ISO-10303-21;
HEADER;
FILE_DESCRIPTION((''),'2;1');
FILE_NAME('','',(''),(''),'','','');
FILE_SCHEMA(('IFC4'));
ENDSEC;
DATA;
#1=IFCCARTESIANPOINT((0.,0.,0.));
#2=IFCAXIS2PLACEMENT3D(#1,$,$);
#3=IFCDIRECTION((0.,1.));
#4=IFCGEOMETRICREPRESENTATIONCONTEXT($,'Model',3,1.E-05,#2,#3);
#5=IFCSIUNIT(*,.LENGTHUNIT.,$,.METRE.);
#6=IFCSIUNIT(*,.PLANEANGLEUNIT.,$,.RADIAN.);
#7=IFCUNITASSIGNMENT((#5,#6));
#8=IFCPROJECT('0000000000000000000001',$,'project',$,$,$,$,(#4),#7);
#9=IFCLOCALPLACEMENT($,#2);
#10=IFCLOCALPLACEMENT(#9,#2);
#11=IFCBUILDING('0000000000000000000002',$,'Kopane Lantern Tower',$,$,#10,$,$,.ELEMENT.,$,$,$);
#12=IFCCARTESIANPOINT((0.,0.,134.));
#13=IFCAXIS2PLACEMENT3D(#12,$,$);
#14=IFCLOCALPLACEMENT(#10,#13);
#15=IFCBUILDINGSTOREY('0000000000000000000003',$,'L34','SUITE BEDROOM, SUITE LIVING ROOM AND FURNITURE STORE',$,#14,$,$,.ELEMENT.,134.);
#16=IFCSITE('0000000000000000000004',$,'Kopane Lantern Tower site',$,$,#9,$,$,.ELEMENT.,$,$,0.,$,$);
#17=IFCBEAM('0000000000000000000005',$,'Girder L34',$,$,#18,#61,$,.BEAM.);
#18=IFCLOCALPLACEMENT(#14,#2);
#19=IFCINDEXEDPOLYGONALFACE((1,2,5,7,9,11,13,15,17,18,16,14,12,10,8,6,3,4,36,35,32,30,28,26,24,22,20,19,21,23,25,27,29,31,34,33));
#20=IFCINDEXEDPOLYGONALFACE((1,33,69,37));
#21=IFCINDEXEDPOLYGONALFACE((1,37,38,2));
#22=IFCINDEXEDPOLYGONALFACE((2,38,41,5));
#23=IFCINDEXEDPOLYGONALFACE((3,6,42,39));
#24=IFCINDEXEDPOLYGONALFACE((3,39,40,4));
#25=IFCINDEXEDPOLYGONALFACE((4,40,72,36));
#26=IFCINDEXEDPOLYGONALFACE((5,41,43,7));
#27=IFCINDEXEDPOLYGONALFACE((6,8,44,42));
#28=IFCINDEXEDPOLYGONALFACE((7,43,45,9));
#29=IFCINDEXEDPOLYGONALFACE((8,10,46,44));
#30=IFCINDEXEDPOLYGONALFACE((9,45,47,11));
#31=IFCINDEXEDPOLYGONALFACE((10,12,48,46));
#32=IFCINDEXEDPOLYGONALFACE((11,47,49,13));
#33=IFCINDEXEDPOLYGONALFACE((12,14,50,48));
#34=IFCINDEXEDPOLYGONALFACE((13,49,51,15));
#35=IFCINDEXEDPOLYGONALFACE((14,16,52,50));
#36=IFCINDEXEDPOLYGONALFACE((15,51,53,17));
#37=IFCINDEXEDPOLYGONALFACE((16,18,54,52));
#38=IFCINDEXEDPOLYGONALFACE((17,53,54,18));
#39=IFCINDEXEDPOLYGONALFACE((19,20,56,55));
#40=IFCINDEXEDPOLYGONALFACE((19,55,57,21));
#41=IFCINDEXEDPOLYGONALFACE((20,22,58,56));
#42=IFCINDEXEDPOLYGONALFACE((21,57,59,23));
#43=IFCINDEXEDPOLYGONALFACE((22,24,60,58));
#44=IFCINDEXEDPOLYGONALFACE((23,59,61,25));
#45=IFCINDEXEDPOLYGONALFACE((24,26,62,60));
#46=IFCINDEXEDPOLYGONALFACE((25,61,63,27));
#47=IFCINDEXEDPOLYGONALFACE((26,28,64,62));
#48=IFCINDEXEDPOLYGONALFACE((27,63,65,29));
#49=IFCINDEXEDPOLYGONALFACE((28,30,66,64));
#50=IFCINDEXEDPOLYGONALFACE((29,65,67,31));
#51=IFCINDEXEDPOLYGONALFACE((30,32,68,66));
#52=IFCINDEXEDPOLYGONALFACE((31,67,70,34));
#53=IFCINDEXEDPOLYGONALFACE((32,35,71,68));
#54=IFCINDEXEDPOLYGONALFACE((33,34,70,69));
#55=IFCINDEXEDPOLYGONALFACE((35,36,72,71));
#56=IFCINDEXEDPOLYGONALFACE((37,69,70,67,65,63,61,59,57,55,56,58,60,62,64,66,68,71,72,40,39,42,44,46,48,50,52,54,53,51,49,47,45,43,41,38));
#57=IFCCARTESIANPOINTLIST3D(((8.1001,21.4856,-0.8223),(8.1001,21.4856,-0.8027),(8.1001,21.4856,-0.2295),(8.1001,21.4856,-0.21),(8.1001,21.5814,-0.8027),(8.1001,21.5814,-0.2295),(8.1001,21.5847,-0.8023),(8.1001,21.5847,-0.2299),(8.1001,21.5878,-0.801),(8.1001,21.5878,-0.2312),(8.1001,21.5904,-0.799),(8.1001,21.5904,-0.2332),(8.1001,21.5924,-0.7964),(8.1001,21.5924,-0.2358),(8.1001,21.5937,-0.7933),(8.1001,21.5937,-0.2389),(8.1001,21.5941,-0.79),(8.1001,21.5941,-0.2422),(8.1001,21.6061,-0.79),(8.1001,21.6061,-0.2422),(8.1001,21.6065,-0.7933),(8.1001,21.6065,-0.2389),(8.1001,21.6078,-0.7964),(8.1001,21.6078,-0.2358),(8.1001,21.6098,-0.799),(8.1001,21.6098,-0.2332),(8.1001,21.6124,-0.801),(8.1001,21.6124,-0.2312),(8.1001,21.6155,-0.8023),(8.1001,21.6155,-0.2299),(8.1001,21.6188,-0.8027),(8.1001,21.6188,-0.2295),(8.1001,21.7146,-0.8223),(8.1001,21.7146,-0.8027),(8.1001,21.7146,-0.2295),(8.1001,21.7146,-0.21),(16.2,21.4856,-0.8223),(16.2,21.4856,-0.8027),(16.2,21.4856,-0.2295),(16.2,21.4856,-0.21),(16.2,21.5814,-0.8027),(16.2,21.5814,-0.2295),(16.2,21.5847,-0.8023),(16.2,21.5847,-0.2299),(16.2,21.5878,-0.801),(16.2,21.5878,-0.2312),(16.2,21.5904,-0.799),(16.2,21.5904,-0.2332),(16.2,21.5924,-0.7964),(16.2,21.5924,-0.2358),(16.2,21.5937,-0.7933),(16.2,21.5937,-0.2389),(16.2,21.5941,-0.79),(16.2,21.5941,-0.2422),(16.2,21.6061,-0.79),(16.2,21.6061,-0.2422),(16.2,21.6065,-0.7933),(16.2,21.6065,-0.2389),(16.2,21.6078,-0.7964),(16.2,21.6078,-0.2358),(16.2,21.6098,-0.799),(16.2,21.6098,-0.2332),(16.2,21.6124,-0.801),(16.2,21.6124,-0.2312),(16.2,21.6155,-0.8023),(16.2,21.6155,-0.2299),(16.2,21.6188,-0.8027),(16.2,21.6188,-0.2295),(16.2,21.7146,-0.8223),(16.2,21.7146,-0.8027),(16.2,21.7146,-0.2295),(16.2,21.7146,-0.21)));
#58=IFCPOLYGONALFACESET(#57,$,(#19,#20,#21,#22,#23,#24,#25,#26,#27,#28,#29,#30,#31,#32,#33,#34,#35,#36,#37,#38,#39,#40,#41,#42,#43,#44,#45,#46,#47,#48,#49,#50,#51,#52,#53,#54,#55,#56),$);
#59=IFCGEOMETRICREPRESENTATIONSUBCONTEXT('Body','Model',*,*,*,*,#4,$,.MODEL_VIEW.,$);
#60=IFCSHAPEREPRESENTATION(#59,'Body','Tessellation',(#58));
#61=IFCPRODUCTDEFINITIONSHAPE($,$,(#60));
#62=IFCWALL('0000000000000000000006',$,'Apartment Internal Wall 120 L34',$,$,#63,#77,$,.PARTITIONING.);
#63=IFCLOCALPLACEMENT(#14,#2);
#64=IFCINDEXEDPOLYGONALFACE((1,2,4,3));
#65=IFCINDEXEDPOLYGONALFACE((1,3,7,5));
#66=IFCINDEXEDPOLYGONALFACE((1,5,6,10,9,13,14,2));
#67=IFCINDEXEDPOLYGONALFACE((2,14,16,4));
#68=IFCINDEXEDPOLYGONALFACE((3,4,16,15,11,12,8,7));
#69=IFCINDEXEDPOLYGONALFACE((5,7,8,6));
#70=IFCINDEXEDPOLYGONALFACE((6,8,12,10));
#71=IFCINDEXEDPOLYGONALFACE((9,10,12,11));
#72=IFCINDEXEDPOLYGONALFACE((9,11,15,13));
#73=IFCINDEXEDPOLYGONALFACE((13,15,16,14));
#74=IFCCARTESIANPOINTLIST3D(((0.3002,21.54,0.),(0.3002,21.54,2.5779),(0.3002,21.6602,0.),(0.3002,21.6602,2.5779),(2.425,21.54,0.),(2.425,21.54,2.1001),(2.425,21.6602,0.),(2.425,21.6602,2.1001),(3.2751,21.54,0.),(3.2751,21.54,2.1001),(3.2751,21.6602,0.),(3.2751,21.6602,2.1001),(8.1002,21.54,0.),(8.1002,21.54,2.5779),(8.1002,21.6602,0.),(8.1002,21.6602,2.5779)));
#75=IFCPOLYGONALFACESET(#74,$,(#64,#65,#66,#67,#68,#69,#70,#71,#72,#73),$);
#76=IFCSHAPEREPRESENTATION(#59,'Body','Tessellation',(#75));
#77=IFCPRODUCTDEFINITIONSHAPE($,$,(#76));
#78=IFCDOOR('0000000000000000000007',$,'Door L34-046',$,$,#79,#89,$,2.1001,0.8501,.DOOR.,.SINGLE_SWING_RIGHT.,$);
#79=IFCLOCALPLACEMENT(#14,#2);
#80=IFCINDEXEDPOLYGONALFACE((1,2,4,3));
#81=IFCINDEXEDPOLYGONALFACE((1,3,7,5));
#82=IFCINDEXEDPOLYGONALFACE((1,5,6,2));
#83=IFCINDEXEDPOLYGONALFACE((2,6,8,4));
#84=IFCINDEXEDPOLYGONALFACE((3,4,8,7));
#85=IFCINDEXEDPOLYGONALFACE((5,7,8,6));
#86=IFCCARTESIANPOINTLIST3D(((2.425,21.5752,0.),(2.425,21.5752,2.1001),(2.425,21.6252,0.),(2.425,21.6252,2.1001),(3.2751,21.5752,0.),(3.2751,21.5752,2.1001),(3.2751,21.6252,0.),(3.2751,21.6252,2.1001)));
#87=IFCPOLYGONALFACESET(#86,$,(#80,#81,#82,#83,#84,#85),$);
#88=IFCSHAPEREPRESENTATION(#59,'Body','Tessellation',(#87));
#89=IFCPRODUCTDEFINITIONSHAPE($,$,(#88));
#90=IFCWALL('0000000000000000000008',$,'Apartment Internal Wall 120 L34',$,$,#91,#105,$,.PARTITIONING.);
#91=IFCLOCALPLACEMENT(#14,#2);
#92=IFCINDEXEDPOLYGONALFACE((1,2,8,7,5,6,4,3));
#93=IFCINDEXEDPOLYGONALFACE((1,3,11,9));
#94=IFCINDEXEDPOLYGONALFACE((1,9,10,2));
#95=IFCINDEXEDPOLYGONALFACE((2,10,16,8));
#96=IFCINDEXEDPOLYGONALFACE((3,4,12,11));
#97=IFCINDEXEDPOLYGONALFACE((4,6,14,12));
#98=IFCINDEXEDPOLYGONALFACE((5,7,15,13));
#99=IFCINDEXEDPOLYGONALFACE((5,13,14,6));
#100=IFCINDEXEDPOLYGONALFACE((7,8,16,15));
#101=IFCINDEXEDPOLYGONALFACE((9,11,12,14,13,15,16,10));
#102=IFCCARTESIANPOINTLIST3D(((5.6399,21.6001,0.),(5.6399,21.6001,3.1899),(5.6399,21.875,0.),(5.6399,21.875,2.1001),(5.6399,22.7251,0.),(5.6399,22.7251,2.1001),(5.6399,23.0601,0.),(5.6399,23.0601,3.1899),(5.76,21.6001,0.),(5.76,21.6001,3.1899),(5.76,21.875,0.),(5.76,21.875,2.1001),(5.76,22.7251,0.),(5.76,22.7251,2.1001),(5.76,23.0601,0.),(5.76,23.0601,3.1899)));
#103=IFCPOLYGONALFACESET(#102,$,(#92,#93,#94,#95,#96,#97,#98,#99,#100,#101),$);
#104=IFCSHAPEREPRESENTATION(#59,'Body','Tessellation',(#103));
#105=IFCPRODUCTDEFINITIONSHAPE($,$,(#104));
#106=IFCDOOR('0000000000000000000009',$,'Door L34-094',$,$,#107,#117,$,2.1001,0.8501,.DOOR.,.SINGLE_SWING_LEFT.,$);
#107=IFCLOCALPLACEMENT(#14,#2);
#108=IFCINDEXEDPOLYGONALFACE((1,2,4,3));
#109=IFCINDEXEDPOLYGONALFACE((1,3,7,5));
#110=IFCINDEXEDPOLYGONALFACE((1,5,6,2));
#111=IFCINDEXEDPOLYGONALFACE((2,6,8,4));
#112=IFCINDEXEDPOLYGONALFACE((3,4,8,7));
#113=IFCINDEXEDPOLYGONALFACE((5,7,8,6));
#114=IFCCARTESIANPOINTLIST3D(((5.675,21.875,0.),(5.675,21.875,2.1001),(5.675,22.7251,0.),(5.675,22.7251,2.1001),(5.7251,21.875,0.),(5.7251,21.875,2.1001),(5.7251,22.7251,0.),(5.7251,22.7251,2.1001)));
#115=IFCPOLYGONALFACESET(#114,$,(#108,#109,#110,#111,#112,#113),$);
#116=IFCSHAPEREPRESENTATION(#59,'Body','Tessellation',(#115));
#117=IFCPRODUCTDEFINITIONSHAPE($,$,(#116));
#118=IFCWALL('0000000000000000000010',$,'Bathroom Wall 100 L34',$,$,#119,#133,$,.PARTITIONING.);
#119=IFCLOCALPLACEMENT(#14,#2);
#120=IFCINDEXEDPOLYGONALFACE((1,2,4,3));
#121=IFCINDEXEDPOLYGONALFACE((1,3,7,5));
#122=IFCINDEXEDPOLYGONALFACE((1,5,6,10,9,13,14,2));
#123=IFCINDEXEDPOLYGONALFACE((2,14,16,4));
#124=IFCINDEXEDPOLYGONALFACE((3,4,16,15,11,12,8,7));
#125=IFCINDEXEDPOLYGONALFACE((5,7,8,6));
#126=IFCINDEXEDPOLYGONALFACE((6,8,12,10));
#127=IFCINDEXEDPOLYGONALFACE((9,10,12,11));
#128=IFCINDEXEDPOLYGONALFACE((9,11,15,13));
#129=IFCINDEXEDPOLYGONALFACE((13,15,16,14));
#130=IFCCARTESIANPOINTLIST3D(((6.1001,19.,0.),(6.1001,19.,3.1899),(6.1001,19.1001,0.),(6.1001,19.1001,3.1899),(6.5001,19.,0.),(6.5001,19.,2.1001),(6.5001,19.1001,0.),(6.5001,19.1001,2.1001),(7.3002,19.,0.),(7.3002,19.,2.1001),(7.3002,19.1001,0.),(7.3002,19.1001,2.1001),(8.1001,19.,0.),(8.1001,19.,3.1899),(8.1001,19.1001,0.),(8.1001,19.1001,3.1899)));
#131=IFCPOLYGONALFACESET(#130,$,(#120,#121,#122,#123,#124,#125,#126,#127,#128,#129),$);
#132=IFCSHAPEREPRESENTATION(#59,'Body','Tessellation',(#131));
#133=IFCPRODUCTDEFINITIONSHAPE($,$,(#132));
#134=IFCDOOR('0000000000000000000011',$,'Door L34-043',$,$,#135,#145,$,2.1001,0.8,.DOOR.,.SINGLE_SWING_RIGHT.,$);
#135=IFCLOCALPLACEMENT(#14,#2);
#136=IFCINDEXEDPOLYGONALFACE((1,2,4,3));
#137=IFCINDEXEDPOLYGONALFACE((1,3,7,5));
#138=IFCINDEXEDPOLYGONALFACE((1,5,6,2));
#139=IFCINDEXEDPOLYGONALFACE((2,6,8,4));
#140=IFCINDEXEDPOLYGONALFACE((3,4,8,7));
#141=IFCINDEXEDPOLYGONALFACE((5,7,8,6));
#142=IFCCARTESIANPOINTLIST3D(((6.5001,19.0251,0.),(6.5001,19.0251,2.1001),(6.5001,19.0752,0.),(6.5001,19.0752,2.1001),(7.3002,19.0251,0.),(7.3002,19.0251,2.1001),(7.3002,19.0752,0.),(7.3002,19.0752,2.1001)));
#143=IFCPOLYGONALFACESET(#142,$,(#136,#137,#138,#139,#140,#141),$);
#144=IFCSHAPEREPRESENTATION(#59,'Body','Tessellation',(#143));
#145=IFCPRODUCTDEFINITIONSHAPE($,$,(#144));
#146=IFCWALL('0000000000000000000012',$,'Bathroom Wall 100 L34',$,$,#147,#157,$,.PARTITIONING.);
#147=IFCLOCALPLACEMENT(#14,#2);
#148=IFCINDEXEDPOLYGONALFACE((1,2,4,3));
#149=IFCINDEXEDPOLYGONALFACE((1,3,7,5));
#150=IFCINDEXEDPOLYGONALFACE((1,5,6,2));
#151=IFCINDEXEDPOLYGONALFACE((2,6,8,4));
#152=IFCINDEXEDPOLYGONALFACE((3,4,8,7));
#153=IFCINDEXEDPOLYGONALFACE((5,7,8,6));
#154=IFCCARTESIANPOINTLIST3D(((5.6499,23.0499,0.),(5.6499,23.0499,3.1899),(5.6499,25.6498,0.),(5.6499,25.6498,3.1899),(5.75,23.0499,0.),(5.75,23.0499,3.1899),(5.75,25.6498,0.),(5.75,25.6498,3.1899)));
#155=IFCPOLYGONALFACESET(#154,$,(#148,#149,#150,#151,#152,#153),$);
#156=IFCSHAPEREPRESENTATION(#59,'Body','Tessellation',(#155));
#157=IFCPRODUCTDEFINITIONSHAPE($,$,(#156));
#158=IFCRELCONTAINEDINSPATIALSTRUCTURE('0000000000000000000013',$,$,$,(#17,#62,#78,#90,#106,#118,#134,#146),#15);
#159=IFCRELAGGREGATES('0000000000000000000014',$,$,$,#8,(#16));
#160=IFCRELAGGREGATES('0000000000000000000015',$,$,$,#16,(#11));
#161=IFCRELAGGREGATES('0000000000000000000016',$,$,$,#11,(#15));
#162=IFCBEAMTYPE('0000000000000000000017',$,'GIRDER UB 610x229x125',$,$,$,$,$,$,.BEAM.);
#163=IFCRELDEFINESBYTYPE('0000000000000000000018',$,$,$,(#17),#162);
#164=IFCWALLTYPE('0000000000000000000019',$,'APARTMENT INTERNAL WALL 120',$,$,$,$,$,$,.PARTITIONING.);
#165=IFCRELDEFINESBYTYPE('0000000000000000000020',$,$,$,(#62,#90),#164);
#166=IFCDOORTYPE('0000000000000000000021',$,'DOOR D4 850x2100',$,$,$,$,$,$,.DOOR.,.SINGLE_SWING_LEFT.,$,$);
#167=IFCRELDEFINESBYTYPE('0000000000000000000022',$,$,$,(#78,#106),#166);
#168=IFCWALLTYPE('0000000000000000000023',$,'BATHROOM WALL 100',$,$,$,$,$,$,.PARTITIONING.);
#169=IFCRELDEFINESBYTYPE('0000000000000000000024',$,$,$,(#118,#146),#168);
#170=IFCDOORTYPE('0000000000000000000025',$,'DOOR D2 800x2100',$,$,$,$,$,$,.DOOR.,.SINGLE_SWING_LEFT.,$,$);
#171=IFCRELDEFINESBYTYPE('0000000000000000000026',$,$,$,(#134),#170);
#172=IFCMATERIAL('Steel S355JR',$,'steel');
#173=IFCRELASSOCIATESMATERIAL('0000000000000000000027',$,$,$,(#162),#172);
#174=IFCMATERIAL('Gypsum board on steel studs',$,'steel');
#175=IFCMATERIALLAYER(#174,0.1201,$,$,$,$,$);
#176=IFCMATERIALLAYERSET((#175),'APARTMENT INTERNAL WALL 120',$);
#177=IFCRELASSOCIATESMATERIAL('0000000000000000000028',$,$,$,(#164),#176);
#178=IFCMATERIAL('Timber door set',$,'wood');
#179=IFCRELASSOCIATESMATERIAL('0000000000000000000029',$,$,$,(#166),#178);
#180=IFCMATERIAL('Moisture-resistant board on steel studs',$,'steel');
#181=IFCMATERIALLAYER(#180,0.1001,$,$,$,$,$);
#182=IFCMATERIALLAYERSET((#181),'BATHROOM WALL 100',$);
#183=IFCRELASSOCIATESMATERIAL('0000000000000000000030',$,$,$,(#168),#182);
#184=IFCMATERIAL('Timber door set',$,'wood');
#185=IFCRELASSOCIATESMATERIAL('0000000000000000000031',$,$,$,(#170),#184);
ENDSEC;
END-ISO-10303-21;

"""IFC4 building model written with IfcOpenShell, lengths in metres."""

from ifc_helpers import new_model, si_unit, direction, frame, frame_2d, origin, origin_2d, place, context, subcontext, project, spatial, rectangle, i_section, extrude, material, layer, layer_set, material_profile, profile_set, type_object, element, fill, save


model = new_model("IFC4")

# Units and contexts
model_context = context("Model", 3, precision=1e-05, world=origin(), true_north=direction((0.0, 1.0)))
body_context = subcontext(model_context, "Body", "Model", "MODEL_VIEW")
ifc_project = project(units=[si_unit("LENGTHUNIT", "METRE"), si_unit("PLANEANGLEUNIT", "RADIAN")], contexts=[model_context])

# Site, building, storey
site_placement = place(None, origin())
site = spatial("IfcSite", under=ifc_project, at=site_placement, Name="Kopane Lantern Tower site", CompositionType="ELEMENT", RefElevation=0.0)
building_placement = place(site_placement, origin())
building = spatial("IfcBuilding", under=site, at=building_placement, Name="Kopane Lantern Tower", CompositionType="ELEMENT")
storey_placement = place(building_placement, frame((0.0, 0.0, 134.0)))
storey = spatial("IfcBuildingStorey", under=building, at=storey_placement, Name="L34", Description="SUITE BEDROOM, SUITE LIVING ROOM AND FURNITURE STORE", CompositionType="ELEMENT", Elevation=134.0)

# Beam
ifc_material_1 = material(Name="Steel S355JR", Category="steel")
ifc_material_profile_1 = material_profile(ifc_material_1, i_section(OverallWidth=0.229, OverallDepth=0.6123, WebThickness=0.012, FlangeThickness=0.0195, FilletRadius=0.0127, at=origin_2d()), Name="UB 610x229x125")
ifc_profile_set_1 = profile_set([ifc_material_profile_1], Name="Steel S355JR")
beam_type = type_object("IfcBeamType", Name="GIRDER UB 610x229x125", PredefinedType="BEAM", material=ifc_profile_set_1)
for number, where, z_axis, x_axis, name in (
    (1, (8.1001, 21.6001, -0.5161), (1.0, 0.0, 0.0), (0.0, 1.0, 0.0), "Girder L34"),
):
    element("IfcBeam", number, at=place(storey_placement, frame(where, z_axis=z_axis, x_axis=x_axis)), inside=storey, type_object=beam_type, Name=name, PredefinedType="BEAM", context=body_context, shape_type="SweptSolid", body=[
        extrude(i_section(OverallWidth=0.229, OverallDepth=0.6123, WebThickness=0.012, FlangeThickness=0.0195, FilletRadius=0.0127, at=origin_2d()), origin(), (0.0, 0.0, 1.0), 8.0999),
    ])

# Walls, openings, doors
ifc_material_2 = material(Name="Gypsum board on steel studs", Category="steel")
ifc_layer_1 = layer(ifc_material_2, 0.1201)
ifc_layer_set_1 = layer_set([ifc_layer_1], Name="APARTMENT INTERNAL WALL 120")
wall_type_1 = type_object("IfcWallType", Name="APARTMENT INTERNAL WALL 120", PredefinedType="PARTITIONING", material=ifc_layer_set_1)
wall_1_placement = place(storey_placement, frame((8.1001, 21.6001, 0.0), z_axis=(0.0, 0.0, 1.0), x_axis=(-1.0, 0.0, 0.0)))
wall_1 = element("IfcWall", 2, at=wall_1_placement, inside=storey, type_object=wall_type_1, Name="Apartment Internal Wall 120 L34", PredefinedType="PARTITIONING", context=body_context, shape_type="SweptSolid", body=[
    extrude(rectangle(XDim=7.8, YDim=0.1201, at=frame_2d((3.8999, 0.0))), origin(), (0.0, 0.0, 1.0), 2.5779),
])
opening_1_placement = place(wall_1_placement, frame((4.825, 0.0, 0.0)))
opening_1 = element("IfcOpeningElement", 3, at=opening_1_placement, cuts=wall_1, PredefinedType="OPENING", context=body_context, shape_type="SweptSolid", body=[
    extrude(rectangle(XDim=0.8501, YDim=2.1001, at=frame_2d((0.425, 1.05))), frame((0.0, 0.0701, 0.0), z_axis=(0.0, -1.0, 0.0), x_axis=(1.0, 0.0, 0.0)), (0.0, 0.0, 1.0), 0.1401),
])
ifc_material_3 = material(Name="Timber door set", Category="wood")
door_type_1 = type_object("IfcDoorType", Name="DOOR D4 850x2100", OperationType="SINGLE_SWING_LEFT", PredefinedType="DOOR", material=ifc_material_3)
door_1_placement = place(opening_1_placement, origin())
door_1 = element("IfcDoor", 4, at=door_1_placement, inside=storey, type_object=door_type_1, Name="Door L34-046", OperationType="SINGLE_SWING_RIGHT", OverallHeight=2.1001, OverallWidth=0.8501, PredefinedType="DOOR", context=body_context, shape_type="SweptSolid", body=[
    extrude(rectangle(XDim=0.8501, YDim=2.1001, at=frame_2d((0.425, 1.05))), frame((0.0, 0.0249, 0.0), z_axis=(0.0, -1.0, 0.0), x_axis=(1.0, 0.0, 0.0)), (0.0, 0.0, 1.0), 0.05),
])
fill(opening_1, door_1)
wall_2_placement = place(storey_placement, frame((5.7, 21.6001, 0.0), z_axis=(0.0, 0.0, 1.0), x_axis=(0.0, 1.0, 0.0)))
wall_2 = element("IfcWall", 5, at=wall_2_placement, inside=storey, type_object=wall_type_1, Name="Apartment Internal Wall 120 L34", PredefinedType="PARTITIONING", context=body_context, shape_type="SweptSolid", body=[
    extrude(rectangle(XDim=1.46, YDim=0.1201, at=frame_2d((0.73, 0.0))), origin(), (0.0, 0.0, 1.0), 3.1899),
])
opening_2_placement = place(wall_2_placement, frame((0.2749, 0.0, 0.0)))
opening_2 = element("IfcOpeningElement", 6, at=opening_2_placement, cuts=wall_2, PredefinedType="OPENING", context=body_context, shape_type="SweptSolid", body=[
    extrude(rectangle(XDim=0.8501, YDim=2.1001, at=frame_2d((0.425, 1.05))), frame((0.0, 0.0701, 0.0), z_axis=(0.0, -1.0, 0.0), x_axis=(1.0, 0.0, 0.0)), (0.0, 0.0, 1.0), 0.1401),
])
door_2_placement = place(opening_2_placement, origin())
door_2 = element("IfcDoor", 7, at=door_2_placement, inside=storey, type_object=door_type_1, Name="Door L34-094", OperationType="SINGLE_SWING_LEFT", OverallHeight=2.1001, OverallWidth=0.8501, PredefinedType="DOOR", context=body_context, shape_type="SweptSolid", body=[
    extrude(rectangle(XDim=0.8501, YDim=2.1001, at=frame_2d((0.425, 1.05))), frame((0.0, 0.0249, 0.0), z_axis=(0.0, -1.0, 0.0), x_axis=(1.0, 0.0, 0.0)), (0.0, 0.0, 1.0), 0.05),
])
fill(opening_2, door_2)
ifc_material_4 = material(Name="Moisture-resistant board on steel studs", Category="steel")
ifc_layer_2 = layer(ifc_material_4, 0.1001)
ifc_layer_set_2 = layer_set([ifc_layer_2], Name="BATHROOM WALL 100")
wall_type_2 = type_object("IfcWallType", Name="BATHROOM WALL 100", PredefinedType="PARTITIONING", material=ifc_layer_set_2)
wall_3_placement = place(storey_placement, frame((8.1001, 19.05, 0.0), z_axis=(0.0, 0.0, 1.0), x_axis=(-1.0, 0.0, 0.0)))
wall_3 = element("IfcWall", 8, at=wall_3_placement, inside=storey, type_object=wall_type_2, Name="Bathroom Wall 100 L34", PredefinedType="PARTITIONING", context=body_context, shape_type="SweptSolid", body=[
    extrude(rectangle(XDim=2.0, YDim=0.1001, at=frame_2d((1.0, 0.0))), origin(), (0.0, 0.0, 1.0), 3.1899),
])
opening_3_placement = place(wall_3_placement, frame((0.8, 0.0, 0.0)))
opening_3 = element("IfcOpeningElement", 9, at=opening_3_placement, cuts=wall_3, PredefinedType="OPENING", context=body_context, shape_type="SweptSolid", body=[
    extrude(rectangle(XDim=0.8, YDim=2.1001, at=frame_2d((0.3999, 1.05))), frame((0.0, 0.0601, 0.0), z_axis=(0.0, -1.0, 0.0), x_axis=(1.0, 0.0, 0.0)), (0.0, 0.0, 1.0), 0.1201),
])
ifc_material_5 = material(Name="Timber door set", Category="wood")
door_type_2 = type_object("IfcDoorType", Name="DOOR D2 800x2100", OperationType="SINGLE_SWING_LEFT", PredefinedType="DOOR", material=ifc_material_5)
door_3_placement = place(opening_3_placement, origin())
door_3 = element("IfcDoor", 10, at=door_3_placement, inside=storey, type_object=door_type_2, Name="Door L34-043", OperationType="SINGLE_SWING_RIGHT", OverallHeight=2.1001, OverallWidth=0.8, PredefinedType="DOOR", context=body_context, shape_type="SweptSolid", body=[
    extrude(rectangle(XDim=0.8, YDim=2.1001, at=frame_2d((0.3999, 1.05))), frame((0.0, 0.0249, 0.0), z_axis=(0.0, -1.0, 0.0), x_axis=(1.0, 0.0, 0.0)), (0.0, 0.0, 1.0), 0.05),
])
fill(opening_3, door_3)

# Wall
wall_4_placement = place(storey_placement, frame((5.7, 23.05, 0.0), z_axis=(0.0, 0.0, 1.0), x_axis=(0.0, 1.0, 0.0)))
element("IfcWall", 11, at=wall_4_placement, inside=storey, type_object=wall_type_2, Name="Bathroom Wall 100 L34", PredefinedType="PARTITIONING", context=body_context, shape_type="SweptSolid", body=[
    extrude(rectangle(XDim=2.5999, YDim=0.1001, at=frame_2d((1.2998, 0.0))), origin(), (0.0, 0.0, 1.0), 3.1899),
])

save(model, "model.ifc")
